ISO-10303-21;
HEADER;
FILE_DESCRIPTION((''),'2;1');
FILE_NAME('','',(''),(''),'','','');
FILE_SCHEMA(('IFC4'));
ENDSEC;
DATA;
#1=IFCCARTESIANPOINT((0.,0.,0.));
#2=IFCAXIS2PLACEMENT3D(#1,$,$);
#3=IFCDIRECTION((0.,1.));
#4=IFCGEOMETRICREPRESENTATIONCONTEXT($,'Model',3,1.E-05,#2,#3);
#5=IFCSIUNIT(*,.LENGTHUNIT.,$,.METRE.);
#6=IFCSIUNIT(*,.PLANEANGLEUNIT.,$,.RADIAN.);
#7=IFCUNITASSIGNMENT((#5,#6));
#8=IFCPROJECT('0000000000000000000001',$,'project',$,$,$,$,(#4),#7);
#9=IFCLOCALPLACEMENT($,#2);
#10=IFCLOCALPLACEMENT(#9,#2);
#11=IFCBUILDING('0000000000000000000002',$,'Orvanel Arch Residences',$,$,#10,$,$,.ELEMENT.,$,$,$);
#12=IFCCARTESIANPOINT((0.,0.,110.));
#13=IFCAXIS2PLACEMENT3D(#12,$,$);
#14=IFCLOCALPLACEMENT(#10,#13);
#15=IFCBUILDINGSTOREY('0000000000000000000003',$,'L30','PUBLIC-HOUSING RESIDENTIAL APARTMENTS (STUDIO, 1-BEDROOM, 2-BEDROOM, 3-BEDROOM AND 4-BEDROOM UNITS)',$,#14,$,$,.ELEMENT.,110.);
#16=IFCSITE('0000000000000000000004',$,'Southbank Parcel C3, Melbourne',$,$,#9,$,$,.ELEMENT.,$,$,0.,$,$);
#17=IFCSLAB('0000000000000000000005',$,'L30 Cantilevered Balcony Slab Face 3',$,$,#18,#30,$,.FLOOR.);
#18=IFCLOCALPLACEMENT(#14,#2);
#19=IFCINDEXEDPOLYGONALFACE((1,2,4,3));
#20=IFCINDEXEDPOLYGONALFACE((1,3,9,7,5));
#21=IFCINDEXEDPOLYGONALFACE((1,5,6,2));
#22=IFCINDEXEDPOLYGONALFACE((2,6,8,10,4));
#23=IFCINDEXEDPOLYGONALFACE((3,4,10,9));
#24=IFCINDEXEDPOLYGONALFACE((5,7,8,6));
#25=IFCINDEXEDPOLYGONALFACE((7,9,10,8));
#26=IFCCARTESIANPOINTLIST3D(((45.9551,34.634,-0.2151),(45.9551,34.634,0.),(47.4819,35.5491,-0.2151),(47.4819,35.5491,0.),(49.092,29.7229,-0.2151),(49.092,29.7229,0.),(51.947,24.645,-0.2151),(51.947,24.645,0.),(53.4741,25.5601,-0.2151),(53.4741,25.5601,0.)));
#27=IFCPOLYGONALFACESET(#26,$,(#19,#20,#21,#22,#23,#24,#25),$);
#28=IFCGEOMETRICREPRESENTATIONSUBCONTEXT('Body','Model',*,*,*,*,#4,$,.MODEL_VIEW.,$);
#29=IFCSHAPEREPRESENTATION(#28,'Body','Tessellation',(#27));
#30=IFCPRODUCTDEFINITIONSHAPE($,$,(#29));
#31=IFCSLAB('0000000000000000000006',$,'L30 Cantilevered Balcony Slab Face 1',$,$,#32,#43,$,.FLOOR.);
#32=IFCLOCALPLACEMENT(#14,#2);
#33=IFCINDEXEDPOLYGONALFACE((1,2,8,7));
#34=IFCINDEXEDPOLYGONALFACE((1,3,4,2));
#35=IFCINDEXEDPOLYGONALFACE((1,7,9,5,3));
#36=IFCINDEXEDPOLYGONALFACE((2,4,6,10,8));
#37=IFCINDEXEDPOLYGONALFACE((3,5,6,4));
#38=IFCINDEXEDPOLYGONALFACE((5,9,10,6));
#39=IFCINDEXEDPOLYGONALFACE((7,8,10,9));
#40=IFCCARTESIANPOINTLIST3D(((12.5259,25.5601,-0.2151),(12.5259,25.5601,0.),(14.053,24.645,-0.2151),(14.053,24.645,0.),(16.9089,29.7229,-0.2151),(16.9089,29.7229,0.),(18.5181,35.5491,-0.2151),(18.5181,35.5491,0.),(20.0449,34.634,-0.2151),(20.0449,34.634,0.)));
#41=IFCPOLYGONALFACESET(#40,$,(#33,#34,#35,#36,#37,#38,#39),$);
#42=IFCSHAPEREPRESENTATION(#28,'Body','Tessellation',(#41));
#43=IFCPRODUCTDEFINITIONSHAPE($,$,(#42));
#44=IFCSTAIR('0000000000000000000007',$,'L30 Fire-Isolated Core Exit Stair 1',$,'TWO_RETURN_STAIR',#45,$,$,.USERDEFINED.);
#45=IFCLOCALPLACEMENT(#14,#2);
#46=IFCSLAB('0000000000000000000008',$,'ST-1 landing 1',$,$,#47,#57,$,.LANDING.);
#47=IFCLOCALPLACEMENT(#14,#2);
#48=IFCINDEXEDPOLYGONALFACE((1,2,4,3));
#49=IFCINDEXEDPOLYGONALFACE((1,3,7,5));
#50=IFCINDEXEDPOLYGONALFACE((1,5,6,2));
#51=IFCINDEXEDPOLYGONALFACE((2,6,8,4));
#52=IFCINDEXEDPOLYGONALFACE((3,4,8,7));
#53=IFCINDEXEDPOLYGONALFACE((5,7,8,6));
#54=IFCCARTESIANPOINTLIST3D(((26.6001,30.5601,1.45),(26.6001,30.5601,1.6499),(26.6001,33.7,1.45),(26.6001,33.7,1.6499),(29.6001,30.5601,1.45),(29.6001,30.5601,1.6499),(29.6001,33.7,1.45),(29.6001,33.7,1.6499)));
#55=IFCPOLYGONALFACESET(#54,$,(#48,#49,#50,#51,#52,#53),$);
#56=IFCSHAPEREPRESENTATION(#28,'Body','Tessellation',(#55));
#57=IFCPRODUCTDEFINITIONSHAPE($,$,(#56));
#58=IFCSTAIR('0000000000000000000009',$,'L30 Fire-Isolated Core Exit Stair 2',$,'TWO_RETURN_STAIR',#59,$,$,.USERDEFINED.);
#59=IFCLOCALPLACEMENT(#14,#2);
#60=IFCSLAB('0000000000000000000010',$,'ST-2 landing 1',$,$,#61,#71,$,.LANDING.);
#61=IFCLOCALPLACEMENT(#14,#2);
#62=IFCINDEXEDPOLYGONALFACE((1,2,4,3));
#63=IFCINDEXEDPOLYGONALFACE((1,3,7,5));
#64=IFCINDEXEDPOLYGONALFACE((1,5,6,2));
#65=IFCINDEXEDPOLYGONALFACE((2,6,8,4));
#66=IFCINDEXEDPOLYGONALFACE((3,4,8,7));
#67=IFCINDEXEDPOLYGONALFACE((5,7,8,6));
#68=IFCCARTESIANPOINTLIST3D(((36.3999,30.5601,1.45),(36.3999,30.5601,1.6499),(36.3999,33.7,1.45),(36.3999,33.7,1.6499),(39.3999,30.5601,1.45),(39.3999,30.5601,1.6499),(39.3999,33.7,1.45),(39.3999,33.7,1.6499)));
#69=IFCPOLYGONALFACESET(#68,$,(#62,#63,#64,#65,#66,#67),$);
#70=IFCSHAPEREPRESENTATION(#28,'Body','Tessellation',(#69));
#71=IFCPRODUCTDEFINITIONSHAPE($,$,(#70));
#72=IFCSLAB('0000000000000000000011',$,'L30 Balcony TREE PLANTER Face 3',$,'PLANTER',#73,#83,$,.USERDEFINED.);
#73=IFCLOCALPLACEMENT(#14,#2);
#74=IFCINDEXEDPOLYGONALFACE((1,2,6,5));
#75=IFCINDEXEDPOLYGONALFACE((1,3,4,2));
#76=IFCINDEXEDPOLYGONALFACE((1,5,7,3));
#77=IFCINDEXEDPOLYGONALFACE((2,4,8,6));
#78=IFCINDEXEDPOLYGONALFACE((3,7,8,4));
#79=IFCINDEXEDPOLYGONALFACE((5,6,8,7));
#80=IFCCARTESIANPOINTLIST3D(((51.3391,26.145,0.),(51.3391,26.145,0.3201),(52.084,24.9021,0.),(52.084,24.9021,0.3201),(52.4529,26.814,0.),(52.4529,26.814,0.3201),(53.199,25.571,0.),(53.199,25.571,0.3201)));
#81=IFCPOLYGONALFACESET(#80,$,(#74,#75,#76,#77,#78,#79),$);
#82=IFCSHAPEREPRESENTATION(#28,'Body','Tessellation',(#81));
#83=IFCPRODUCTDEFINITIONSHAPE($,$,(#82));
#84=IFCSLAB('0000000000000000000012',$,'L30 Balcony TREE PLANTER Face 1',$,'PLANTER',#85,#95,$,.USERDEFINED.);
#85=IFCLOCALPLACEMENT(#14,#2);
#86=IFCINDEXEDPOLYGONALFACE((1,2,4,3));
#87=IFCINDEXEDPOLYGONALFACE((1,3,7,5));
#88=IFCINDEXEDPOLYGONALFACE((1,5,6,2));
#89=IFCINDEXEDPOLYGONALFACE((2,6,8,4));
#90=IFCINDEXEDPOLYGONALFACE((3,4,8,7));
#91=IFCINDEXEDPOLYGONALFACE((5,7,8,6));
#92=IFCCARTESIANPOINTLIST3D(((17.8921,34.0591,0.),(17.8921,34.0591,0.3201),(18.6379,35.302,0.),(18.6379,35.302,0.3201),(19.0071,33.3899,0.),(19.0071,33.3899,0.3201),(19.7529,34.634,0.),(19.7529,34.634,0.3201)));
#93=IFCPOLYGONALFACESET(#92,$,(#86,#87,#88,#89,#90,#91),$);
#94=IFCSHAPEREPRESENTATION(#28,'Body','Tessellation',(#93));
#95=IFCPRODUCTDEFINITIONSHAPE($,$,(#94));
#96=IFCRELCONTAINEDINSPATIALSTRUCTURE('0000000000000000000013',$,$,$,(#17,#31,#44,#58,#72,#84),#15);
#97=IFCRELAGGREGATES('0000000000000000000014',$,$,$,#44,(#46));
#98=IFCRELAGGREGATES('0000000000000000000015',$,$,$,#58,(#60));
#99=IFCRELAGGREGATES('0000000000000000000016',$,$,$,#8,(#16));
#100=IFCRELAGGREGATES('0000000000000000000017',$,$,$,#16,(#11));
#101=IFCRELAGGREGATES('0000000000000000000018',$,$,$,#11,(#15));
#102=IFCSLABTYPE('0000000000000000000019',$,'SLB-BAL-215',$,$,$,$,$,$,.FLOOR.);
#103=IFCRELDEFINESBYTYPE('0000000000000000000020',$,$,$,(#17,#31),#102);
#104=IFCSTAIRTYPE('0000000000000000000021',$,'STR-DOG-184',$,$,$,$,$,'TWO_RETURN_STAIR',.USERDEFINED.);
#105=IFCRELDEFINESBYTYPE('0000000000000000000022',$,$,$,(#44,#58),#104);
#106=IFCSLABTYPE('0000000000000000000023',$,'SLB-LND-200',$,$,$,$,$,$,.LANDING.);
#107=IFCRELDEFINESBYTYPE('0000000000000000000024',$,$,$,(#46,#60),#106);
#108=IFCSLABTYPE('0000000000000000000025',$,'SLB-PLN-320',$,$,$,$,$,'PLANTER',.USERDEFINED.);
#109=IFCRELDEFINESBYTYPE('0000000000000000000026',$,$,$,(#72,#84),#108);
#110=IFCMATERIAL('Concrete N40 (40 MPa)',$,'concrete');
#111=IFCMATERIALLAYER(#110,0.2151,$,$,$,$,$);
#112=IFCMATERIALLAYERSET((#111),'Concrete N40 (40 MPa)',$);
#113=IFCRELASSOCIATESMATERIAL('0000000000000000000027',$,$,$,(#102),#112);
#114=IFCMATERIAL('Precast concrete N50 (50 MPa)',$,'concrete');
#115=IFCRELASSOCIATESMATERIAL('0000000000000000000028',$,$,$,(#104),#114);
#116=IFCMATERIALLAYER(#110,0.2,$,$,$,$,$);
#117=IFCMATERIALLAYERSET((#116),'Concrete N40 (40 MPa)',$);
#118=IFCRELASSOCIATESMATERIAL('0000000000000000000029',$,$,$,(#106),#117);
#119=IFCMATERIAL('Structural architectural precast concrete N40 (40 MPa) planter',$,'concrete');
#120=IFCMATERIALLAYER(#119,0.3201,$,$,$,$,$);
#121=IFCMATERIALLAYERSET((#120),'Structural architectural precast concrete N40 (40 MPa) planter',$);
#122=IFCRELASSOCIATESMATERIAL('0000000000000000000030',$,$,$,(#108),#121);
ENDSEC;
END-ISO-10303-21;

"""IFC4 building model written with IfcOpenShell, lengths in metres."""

from ifc_helpers import new_model, si_unit, direction, frame, origin, place, context, subcontext, project, spatial, polyline, outline, extrude, material, layer, layer_set, type_object, element, aggregate, save


model = new_model("IFC4")

# Units and contexts
model_context = context("Model", 3, precision=1e-05, world=origin(), true_north=direction((0.0, 1.0)))
body_context = subcontext(model_context, "Body", "Model", "MODEL_VIEW")
ifc_project = project(units=[si_unit("LENGTHUNIT", "METRE"), si_unit("PLANEANGLEUNIT", "RADIAN")], contexts=[model_context])

# Site, building, storey
site_placement = place(None, origin())
site = spatial("IfcSite", under=ifc_project, at=site_placement, Name="Southbank Parcel C3, Melbourne", CompositionType="ELEMENT", RefElevation=0.0)
building_placement = place(site_placement, origin())
building = spatial("IfcBuilding", under=site, at=building_placement, Name="Orvanel Arch Residences", CompositionType="ELEMENT")
storey_placement = place(building_placement, frame((0.0, 0.0, 110.0)))
storey = spatial("IfcBuildingStorey", under=building, at=storey_placement, Name="L30", Description="PUBLIC-HOUSING RESIDENTIAL APARTMENTS (STUDIO, 1-BEDROOM, 2-BEDROOM, 3-BEDROOM AND 4-BEDROOM UNITS)", CompositionType="ELEMENT", Elevation=110.0)

# Slabs
ifc_material_1 = material(Name="Concrete N40 (40 MPa)", Category="concrete")
ifc_layer_1 = layer(ifc_material_1, 0.2151)
ifc_layer_set_1 = layer_set([ifc_layer_1], Name="Concrete N40 (40 MPa)")
slab_type_1 = type_object("IfcSlabType", Name="SLB-BAL-215", PredefinedType="FLOOR", material=ifc_layer_set_1)
slab_1_placement = place(storey_placement, frame((0.0, 0.0, -0.2151)))
element("IfcSlab", 1, at=slab_1_placement, inside=storey, type_object=slab_type_1, Name="L30 Cantilevered Balcony Slab Face 3", PredefinedType="FLOOR", context=body_context, shape_type="SweptSolid", body=[
    extrude(outline(polyline([(53.4741, 25.5601), (47.4819, 35.5491), (45.9551, 34.634), (49.092, 29.7229), (51.947, 24.645), (53.4741, 25.5601)])), origin(), (0.0, 0.0, 1.0), 0.2151),
])
slab_2_placement = place(storey_placement, frame((0.0, 0.0, -0.2151)))
element("IfcSlab", 2, at=slab_2_placement, inside=storey, type_object=slab_type_1, Name="L30 Cantilevered Balcony Slab Face 1", PredefinedType="FLOOR", context=body_context, shape_type="SweptSolid", body=[
    extrude(outline(polyline([(18.5181, 35.5491), (12.5259, 25.5601), (14.053, 24.645), (16.9089, 29.7229), (20.0449, 34.634), (18.5181, 35.5491)])), origin(), (0.0, 0.0, 1.0), 0.2151),
])

# Stairs, slabs
ifc_material_2 = material(Name="Precast concrete N50 (50 MPa)", Category="concrete")
stair_type = type_object("IfcStairType", Name="STR-DOG-184", ElementType="TWO_RETURN_STAIR", PredefinedType="USERDEFINED", material=ifc_material_2)
stair_1_placement = place(storey_placement, origin())
stair_1 = element("IfcStair", 3, at=stair_1_placement, inside=storey, type_object=stair_type, Name="L30 Fire-Isolated Core Exit Stair 1", ObjectType="TWO_RETURN_STAIR", PredefinedType="USERDEFINED")
ifc_layer_2 = layer(ifc_material_1, 0.2)
ifc_layer_set_2 = layer_set([ifc_layer_2], Name="Concrete N40 (40 MPa)")
slab_type_2 = type_object("IfcSlabType", Name="SLB-LND-200", PredefinedType="LANDING", material=ifc_layer_set_2)
slab_3_placement = place(storey_placement, frame((0.0, 0.0, 1.45)))
slab_3 = element("IfcSlab", 4, at=slab_3_placement, type_object=slab_type_2, Name="ST-1 landing 1", PredefinedType="LANDING", context=body_context, shape_type="SweptSolid", body=[
    extrude(outline(polyline([(29.6001, 30.5601), (29.6001, 33.7), (26.6001, 33.7), (26.6001, 30.5601), (29.6001, 30.5601)])), origin(), (0.0, 0.0, 1.0), 0.2),
])
aggregate(stair_1, [slab_3])
stair_2_placement = place(storey_placement, origin())
stair_2 = element("IfcStair", 5, at=stair_2_placement, inside=storey, type_object=stair_type, Name="L30 Fire-Isolated Core Exit Stair 2", ObjectType="TWO_RETURN_STAIR", PredefinedType="USERDEFINED")
slab_4_placement = place(storey_placement, frame((0.0, 0.0, 1.45)))
slab_4 = element("IfcSlab", 6, at=slab_4_placement, type_object=slab_type_2, Name="ST-2 landing 1", PredefinedType="LANDING", context=body_context, shape_type="SweptSolid", body=[
    extrude(outline(polyline([(39.3999, 30.5601), (39.3999, 33.7), (36.3999, 33.7), (36.3999, 30.5601), (39.3999, 30.5601)])), origin(), (0.0, 0.0, 1.0), 0.2),
])
aggregate(stair_2, [slab_4])

# Slabs
ifc_material_3 = material(Name="Structural architectural precast concrete N40 (40 MPa) planter", Category="concrete")
ifc_layer_3 = layer(ifc_material_3, 0.3201)
ifc_layer_set_3 = layer_set([ifc_layer_3], Name="Structural architectural precast concrete N40 (40 MPa) planter")
slab_type_3 = type_object("IfcSlabType", Name="SLB-PLN-320", ElementType="PLANTER", PredefinedType="USERDEFINED", material=ifc_layer_set_3)
slab_5_placement = place(storey_placement, origin())
element("IfcSlab", 7, at=slab_5_placement, inside=storey, type_object=slab_type_3, Name="L30 Balcony TREE PLANTER Face 3", ObjectType="PLANTER", PredefinedType="USERDEFINED", context=body_context, shape_type="SweptSolid", body=[
    extrude(outline(polyline([(53.199, 25.571), (52.4529, 26.814), (51.3391, 26.145), (52.084, 24.9021), (53.199, 25.571)])), origin(), (0.0, 0.0, 1.0), 0.3201),
])
slab_6_placement = place(storey_placement, origin())
element("IfcSlab", 8, at=slab_6_placement, inside=storey, type_object=slab_type_3, Name="L30 Balcony TREE PLANTER Face 1", ObjectType="PLANTER", PredefinedType="USERDEFINED", context=body_context, shape_type="SweptSolid", body=[
    extrude(outline(polyline([(18.6379, 35.302), (17.8921, 34.0591), (19.0071, 33.3899), (19.7529, 34.634), (18.6379, 35.302)])), origin(), (0.0, 0.0, 1.0), 0.3201),
])

save(model, "model.ifc")
